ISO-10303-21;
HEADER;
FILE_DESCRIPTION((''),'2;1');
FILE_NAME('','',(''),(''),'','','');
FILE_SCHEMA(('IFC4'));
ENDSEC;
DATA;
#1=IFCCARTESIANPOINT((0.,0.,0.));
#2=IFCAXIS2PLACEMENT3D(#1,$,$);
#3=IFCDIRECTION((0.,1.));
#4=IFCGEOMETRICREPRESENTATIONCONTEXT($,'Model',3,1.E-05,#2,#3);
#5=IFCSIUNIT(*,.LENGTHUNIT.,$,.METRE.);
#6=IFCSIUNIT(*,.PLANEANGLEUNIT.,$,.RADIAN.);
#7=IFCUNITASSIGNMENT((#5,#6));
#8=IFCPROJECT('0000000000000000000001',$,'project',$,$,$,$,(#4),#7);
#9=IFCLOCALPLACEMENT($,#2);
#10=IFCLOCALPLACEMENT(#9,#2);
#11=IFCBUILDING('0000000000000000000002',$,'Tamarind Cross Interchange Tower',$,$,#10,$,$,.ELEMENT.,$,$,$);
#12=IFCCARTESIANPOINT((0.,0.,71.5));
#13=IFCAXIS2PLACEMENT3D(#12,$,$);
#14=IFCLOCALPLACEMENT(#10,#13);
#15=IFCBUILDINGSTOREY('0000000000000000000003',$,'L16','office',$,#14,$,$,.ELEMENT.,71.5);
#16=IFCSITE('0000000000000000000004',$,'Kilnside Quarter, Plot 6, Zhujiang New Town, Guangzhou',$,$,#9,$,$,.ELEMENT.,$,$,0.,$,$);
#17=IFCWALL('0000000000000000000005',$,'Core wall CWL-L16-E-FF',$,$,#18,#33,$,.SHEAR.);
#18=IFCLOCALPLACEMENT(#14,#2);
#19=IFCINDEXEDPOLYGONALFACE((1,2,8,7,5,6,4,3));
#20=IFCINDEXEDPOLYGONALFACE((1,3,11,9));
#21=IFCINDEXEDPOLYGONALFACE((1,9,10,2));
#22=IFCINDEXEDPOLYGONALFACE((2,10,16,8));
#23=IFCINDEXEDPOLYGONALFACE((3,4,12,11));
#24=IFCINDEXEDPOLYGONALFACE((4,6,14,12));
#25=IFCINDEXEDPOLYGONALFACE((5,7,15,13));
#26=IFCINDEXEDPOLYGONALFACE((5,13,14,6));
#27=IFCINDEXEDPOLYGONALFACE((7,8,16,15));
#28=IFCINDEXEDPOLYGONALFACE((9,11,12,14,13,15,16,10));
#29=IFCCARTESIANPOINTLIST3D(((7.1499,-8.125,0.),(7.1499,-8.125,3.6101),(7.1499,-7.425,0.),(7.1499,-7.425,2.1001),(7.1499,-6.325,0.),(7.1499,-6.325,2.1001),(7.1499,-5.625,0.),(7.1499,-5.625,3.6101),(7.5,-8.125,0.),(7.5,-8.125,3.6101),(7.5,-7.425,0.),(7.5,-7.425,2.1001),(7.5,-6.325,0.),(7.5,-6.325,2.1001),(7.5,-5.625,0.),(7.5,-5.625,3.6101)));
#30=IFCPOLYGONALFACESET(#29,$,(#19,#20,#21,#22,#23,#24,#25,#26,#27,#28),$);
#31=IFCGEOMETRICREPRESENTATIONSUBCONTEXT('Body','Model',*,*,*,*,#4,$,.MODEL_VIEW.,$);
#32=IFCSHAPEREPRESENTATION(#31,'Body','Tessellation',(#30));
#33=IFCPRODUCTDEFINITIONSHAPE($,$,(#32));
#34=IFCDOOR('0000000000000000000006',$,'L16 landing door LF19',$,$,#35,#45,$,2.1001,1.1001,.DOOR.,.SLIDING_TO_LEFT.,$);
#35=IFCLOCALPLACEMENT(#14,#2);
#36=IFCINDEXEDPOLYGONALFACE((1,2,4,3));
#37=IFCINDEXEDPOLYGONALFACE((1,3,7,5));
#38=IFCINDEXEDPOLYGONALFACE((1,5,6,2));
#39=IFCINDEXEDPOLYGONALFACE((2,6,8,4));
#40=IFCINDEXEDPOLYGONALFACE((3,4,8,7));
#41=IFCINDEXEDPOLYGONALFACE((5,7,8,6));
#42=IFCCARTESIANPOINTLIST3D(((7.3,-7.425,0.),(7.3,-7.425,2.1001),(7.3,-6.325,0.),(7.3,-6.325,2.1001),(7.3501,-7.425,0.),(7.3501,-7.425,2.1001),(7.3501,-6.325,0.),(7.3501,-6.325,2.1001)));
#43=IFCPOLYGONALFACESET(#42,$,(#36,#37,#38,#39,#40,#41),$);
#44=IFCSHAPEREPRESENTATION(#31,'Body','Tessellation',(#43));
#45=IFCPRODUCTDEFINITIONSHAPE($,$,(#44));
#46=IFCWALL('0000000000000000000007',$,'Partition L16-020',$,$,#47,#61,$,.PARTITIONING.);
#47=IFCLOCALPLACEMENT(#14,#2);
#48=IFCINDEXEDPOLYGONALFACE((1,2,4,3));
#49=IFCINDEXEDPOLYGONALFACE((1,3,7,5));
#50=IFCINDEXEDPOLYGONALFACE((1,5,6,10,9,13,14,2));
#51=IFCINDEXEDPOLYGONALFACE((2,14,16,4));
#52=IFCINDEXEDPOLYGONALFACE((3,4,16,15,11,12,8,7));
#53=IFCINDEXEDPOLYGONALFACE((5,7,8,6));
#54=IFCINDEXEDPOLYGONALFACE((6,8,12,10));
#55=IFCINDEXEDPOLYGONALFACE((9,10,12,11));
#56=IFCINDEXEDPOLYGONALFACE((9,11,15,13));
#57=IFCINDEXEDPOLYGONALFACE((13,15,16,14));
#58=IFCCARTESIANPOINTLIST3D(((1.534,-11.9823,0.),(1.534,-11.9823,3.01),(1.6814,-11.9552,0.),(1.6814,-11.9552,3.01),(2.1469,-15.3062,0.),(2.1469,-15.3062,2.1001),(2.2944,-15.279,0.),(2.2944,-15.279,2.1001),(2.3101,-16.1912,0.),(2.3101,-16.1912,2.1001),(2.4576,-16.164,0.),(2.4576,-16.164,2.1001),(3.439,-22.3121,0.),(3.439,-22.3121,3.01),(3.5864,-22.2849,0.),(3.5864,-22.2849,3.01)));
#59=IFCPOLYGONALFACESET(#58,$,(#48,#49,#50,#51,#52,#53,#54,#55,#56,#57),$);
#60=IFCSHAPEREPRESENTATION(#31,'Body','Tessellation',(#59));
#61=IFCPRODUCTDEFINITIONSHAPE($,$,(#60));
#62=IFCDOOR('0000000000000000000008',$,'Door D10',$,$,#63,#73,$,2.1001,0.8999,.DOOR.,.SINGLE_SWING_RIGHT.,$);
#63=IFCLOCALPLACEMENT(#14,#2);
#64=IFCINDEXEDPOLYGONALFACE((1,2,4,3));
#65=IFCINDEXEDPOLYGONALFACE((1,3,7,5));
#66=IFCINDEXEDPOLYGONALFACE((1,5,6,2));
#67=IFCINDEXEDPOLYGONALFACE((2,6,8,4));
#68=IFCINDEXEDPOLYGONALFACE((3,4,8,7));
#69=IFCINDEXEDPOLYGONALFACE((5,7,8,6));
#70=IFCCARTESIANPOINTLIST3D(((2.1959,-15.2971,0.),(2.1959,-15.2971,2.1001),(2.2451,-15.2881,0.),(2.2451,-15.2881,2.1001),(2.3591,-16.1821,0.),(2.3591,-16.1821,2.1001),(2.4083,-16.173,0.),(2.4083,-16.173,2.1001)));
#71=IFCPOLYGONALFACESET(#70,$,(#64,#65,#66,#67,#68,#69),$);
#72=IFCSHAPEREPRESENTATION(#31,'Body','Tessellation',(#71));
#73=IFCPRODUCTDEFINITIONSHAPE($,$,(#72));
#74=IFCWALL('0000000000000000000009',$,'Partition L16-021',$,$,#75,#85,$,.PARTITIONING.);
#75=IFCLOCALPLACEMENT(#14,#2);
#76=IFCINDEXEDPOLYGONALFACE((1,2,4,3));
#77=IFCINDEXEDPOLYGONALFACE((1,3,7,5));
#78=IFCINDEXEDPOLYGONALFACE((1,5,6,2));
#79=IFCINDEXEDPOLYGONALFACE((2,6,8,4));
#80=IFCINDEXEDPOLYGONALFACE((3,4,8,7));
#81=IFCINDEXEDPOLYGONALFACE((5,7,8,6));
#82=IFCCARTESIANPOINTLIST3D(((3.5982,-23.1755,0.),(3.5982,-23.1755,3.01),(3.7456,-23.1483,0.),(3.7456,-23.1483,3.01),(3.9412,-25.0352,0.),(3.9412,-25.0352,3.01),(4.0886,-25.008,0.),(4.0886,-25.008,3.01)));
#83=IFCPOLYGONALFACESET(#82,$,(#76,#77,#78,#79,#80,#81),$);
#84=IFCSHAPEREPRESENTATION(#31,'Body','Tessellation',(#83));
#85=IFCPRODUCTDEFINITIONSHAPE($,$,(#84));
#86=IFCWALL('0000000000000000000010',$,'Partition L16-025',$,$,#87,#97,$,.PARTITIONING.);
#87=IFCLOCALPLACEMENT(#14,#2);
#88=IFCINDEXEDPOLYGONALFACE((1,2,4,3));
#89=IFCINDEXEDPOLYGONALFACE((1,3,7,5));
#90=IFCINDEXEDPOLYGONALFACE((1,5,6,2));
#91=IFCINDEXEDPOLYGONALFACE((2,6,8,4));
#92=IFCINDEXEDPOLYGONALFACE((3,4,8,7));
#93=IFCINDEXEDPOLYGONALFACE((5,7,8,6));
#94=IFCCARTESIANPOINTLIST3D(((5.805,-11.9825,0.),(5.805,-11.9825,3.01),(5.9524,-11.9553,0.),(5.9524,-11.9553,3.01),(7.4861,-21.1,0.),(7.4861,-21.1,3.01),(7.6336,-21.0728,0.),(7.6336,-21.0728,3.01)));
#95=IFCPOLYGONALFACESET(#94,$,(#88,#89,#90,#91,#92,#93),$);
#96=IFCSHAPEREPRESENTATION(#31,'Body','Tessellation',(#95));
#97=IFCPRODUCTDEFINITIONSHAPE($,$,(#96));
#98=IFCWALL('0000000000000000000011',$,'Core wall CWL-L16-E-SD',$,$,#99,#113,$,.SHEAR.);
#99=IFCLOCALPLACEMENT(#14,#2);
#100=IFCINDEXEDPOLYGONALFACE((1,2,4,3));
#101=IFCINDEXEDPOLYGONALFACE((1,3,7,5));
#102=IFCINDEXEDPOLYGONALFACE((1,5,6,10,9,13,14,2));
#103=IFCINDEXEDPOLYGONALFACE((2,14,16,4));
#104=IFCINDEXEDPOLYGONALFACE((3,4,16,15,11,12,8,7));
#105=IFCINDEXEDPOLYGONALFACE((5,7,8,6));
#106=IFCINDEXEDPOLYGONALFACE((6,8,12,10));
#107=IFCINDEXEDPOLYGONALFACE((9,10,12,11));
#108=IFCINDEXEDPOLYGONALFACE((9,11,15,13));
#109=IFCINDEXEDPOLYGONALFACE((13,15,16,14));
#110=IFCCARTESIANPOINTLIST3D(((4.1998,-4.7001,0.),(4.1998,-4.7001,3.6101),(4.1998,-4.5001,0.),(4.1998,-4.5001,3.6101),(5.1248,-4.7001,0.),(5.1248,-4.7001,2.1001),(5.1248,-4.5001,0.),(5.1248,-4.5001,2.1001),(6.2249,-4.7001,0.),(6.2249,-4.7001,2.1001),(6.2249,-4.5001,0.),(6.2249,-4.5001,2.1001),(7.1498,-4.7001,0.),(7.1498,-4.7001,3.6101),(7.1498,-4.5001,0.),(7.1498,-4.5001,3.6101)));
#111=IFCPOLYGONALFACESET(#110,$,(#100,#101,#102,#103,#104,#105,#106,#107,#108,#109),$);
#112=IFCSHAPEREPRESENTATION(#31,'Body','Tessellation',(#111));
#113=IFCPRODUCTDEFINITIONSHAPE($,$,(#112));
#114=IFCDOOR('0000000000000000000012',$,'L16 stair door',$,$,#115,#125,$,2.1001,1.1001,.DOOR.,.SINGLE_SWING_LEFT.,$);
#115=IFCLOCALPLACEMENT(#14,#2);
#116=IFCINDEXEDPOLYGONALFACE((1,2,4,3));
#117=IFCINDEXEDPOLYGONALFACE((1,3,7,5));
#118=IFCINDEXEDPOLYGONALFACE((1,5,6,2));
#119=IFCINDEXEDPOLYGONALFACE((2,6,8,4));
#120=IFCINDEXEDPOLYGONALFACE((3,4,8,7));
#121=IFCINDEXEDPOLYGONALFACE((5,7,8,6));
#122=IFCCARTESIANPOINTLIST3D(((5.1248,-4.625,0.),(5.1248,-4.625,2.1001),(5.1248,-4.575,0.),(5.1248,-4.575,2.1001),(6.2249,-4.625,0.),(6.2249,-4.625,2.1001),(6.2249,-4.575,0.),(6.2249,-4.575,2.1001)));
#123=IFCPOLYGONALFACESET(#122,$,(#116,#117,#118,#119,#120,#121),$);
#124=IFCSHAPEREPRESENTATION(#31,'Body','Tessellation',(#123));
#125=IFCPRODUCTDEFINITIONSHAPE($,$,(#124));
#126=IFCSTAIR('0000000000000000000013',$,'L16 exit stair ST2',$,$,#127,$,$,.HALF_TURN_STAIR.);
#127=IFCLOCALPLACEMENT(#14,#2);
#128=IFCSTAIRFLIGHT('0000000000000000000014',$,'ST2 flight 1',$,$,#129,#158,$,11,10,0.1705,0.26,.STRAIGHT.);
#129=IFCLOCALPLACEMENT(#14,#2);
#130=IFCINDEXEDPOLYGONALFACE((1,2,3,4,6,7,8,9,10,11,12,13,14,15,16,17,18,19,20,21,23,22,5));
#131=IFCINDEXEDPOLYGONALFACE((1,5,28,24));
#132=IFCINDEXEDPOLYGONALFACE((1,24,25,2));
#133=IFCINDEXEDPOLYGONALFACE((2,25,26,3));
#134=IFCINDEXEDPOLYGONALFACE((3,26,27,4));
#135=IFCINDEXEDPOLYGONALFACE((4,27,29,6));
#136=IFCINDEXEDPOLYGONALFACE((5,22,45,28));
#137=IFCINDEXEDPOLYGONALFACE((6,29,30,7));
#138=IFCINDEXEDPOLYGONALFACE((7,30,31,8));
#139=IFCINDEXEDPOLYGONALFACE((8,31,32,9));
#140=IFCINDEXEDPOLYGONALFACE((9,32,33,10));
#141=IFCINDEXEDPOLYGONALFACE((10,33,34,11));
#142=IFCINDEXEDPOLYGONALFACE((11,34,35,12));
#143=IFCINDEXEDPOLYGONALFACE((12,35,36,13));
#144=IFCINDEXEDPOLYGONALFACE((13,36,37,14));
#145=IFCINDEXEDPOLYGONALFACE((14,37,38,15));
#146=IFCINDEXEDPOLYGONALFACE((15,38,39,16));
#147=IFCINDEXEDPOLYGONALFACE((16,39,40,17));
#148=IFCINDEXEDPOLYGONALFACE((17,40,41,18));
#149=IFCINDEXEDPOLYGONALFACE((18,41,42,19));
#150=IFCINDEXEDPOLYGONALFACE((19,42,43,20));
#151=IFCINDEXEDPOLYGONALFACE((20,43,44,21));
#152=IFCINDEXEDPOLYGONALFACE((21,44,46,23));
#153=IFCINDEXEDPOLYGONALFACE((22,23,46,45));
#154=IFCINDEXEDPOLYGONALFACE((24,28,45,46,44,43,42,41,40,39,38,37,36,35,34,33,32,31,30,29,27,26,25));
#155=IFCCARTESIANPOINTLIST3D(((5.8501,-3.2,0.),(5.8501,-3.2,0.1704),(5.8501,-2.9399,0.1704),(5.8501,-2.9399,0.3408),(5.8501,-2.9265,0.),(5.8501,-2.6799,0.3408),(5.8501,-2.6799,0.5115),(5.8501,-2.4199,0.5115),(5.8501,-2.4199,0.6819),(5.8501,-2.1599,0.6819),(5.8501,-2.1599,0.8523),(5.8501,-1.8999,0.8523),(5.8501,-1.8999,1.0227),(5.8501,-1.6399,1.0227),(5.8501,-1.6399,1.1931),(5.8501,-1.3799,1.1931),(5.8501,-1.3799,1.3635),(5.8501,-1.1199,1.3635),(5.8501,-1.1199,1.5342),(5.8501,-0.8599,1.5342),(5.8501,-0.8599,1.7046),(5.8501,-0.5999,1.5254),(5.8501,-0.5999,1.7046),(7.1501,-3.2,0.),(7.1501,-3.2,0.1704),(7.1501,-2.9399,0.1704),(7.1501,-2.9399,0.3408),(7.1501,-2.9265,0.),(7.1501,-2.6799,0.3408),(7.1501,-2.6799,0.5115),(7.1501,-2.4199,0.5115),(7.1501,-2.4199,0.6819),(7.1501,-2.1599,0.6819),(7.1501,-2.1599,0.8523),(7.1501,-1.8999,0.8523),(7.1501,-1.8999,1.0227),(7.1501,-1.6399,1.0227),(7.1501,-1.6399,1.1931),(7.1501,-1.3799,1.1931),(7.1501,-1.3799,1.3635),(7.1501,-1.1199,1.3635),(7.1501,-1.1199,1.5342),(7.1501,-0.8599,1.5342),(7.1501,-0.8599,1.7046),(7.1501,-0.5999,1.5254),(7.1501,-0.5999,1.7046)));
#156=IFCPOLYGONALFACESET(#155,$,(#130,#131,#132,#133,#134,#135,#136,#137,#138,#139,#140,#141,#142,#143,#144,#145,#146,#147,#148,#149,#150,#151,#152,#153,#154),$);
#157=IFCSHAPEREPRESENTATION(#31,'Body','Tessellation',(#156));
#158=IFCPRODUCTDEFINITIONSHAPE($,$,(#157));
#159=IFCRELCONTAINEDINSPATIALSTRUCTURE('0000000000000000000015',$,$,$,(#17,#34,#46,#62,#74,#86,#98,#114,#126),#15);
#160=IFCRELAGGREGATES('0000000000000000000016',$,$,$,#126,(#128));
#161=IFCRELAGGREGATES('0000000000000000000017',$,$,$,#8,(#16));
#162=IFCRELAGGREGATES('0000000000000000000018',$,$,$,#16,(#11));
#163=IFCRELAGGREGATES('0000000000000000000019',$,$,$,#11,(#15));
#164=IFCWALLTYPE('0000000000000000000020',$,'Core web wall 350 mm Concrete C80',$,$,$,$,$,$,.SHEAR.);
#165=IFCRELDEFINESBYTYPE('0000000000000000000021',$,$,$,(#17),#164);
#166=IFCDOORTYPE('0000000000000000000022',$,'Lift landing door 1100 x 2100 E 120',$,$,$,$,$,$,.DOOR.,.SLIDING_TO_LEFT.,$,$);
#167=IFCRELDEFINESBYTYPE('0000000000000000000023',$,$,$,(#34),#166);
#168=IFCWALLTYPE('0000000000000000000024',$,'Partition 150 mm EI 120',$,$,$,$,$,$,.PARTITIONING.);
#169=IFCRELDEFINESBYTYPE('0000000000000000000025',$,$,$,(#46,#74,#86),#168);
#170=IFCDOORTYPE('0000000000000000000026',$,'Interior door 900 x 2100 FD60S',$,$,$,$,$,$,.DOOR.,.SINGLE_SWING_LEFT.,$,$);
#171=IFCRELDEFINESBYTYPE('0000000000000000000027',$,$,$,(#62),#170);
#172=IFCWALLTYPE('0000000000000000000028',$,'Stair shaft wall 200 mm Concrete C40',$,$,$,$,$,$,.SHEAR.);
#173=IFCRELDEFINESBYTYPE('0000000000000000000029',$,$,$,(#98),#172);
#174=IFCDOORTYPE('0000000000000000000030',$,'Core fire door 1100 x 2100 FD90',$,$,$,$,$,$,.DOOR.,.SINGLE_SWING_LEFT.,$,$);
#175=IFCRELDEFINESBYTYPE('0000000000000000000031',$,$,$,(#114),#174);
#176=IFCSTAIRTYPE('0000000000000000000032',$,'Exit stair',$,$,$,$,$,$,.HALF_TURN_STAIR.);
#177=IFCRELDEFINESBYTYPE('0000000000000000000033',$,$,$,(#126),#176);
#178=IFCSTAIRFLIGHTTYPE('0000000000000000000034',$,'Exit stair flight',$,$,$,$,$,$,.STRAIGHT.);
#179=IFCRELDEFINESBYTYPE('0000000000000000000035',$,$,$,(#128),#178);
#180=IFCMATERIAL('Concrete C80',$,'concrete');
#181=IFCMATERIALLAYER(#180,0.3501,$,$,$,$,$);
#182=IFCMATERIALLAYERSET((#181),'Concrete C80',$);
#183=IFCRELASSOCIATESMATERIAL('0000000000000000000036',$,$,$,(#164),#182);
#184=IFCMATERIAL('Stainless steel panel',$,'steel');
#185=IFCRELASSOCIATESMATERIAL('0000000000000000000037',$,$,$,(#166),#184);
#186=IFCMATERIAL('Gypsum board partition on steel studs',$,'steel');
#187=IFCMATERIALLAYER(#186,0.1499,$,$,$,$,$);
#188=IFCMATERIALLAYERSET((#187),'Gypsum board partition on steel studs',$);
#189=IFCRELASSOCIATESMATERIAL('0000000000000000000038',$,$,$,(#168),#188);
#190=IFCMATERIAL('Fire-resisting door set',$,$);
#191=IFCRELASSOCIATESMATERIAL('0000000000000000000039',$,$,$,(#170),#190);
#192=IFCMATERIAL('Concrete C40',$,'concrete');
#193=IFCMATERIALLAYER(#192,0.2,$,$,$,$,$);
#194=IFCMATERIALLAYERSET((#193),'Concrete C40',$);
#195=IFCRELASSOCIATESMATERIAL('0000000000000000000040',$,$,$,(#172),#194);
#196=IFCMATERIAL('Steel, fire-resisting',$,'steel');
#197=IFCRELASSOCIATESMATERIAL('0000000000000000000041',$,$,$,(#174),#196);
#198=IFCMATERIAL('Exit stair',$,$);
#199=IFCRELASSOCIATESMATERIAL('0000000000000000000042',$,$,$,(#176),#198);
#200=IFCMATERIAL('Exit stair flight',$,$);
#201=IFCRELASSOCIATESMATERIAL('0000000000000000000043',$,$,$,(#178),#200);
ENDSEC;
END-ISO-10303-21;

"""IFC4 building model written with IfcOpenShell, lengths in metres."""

from ifc_helpers import new_model, si_unit, direction, frame, frame_2d, origin, place, context, subcontext, project, spatial, polyline, rectangle, outline, extrude, material, layer, layer_set, type_object, element, fill, aggregate, save


model = new_model("IFC4")

# Units and contexts
model_context = context("Model", 3, precision=1e-05, world=origin(), true_north=direction((0.0, 1.0)))
body_context = subcontext(model_context, "Body", "Model", "MODEL_VIEW")
ifc_project = project(units=[si_unit("LENGTHUNIT", "METRE"), si_unit("PLANEANGLEUNIT", "RADIAN")], contexts=[model_context])

# Site, building, storey
site_placement = place(None, origin())
site = spatial("IfcSite", under=ifc_project, at=site_placement, Name="Kilnside Quarter, Plot 6, Zhujiang New Town, Guangzhou", CompositionType="ELEMENT", RefElevation=0.0)
building_placement = place(site_placement, origin())
building = spatial("IfcBuilding", under=site, at=building_placement, Name="Tamarind Cross Interchange Tower", CompositionType="ELEMENT")
storey_placement = place(building_placement, frame((0.0, 0.0, 71.5)))
storey = spatial("IfcBuildingStorey", under=building, at=storey_placement, Name="L16", Description="office", CompositionType="ELEMENT", Elevation=71.5)

# Shared definitions
ifc_material_1 = material(Name="Concrete C80", Category="concrete")
ifc_material_2 = material(Name="Steel, fire-resisting", Category="steel")

# Shared definitions
ifc_layer_1 = layer(ifc_material_1, 0.3501)
ifc_layer_set_1 = layer_set([ifc_layer_1], Name="Concrete C80")
wall_type_1 = type_object("IfcWallType", Name="Core web wall 350 mm Concrete C80", PredefinedType="SHEAR", material=ifc_layer_set_1)

# Walls, openings, doors
wall_1_placement = place(storey_placement, frame((7.325, -8.125, 0.0), z_axis=(0.0, 0.0, 1.0), x_axis=(0.0, 1.0, 0.0)))
wall_1 = element("IfcWall", 1, at=wall_1_placement, inside=storey, type_object=wall_type_1, Name="Core wall CWL-L16-E-FF", PredefinedType="SHEAR", context=body_context, shape_type="SweptSolid", body=[
    extrude(rectangle(XDim=2.5, YDim=0.3501, at=frame_2d((1.25, 0.0))), origin(), (0.0, 0.0, 1.0), 3.6101),
])
opening_1_placement = place(wall_1_placement, frame((0.7, 0.0, 0.0)))
opening_1 = element("IfcOpeningElement", 2, at=opening_1_placement, cuts=wall_1, PredefinedType="OPENING", context=body_context, shape_type="SweptSolid", body=[
    extrude(rectangle(XDim=1.1001, YDim=2.1001, at=frame_2d((0.55, 1.05))), frame((0.0, 0.1851, 0.0), z_axis=(0.0, -1.0, 0.0), x_axis=(1.0, 0.0, 0.0)), (0.0, 0.0, 1.0), 0.3701),
])
ifc_material_3 = material(Name="Stainless steel panel", Category="steel")
door_type_1 = type_object("IfcDoorType", Name="Lift landing door 1100 x 2100 E 120", OperationType="SLIDING_TO_LEFT", PredefinedType="DOOR", material=ifc_material_3)
door_1_placement = place(opening_1_placement, origin())
door_1 = element("IfcDoor", 3, at=door_1_placement, inside=storey, type_object=door_type_1, Name="L16 landing door LF19", OperationType="SLIDING_TO_LEFT", OverallHeight=2.1001, OverallWidth=1.1001, PredefinedType="DOOR", context=body_context, shape_type="SweptSolid", body=[
    extrude(rectangle(XDim=1.1001, YDim=2.1001, at=frame_2d((0.55, 1.05))), frame((0.0, 0.0249, 0.0), z_axis=(0.0, -1.0, 0.0), x_axis=(1.0, 0.0, 0.0)), (0.0, 0.0, 1.0), 0.05),
])
fill(opening_1, door_1)
ifc_material_4 = material(Name="Gypsum board partition on steel studs", Category="steel")
ifc_layer_2 = layer(ifc_material_4, 0.1499)
ifc_layer_set_2 = layer_set([ifc_layer_2], Name="Gypsum board partition on steel studs")
wall_type_2 = type_object("IfcWallType", Name="Partition 150 mm EI 120", PredefinedType="PARTITIONING", material=ifc_layer_set_2)
wall_2_placement = place(storey_placement, frame((1.6077, -11.9688, 0.0), z_axis=(0.0, 0.0, 1.0), x_axis=(0.181362, -0.983416, 0.0)))
wall_2 = element("IfcWall", 4, at=wall_2_placement, inside=storey, type_object=wall_type_2, Name="Partition L16-020", PredefinedType="PARTITIONING", context=body_context, shape_type="SweptSolid", body=[
    extrude(rectangle(XDim=10.5039, YDim=0.1499, at=frame_2d((5.252, 0.0))), origin(), (0.0, 0.0, 1.0), 3.01),
])
opening_2_placement = place(wall_2_placement, frame((3.3799, 0.0, 0.0)))
opening_2 = element("IfcOpeningElement", 5, at=opening_2_placement, cuts=wall_2, PredefinedType="OPENING", context=body_context, shape_type="SweptSolid", body=[
    extrude(rectangle(XDim=0.8999, YDim=2.1001, at=frame_2d((0.45, 1.05))), frame((0.0, 0.085, 0.0), z_axis=(0.0, -1.0, 0.0), x_axis=(1.0, 0.0, 0.0)), (0.0, 0.0, 1.0), 0.1699),
])
ifc_material_5 = material(Name="Fire-resisting door set")
door_type_2 = type_object("IfcDoorType", Name="Interior door 900 x 2100 FD60S", OperationType="SINGLE_SWING_LEFT", PredefinedType="DOOR", material=ifc_material_5)
door_2_placement = place(opening_2_placement, origin())
door_2 = element("IfcDoor", 6, at=door_2_placement, inside=storey, type_object=door_type_2, Name="Door D10", OperationType="SINGLE_SWING_RIGHT", OverallHeight=2.1001, OverallWidth=0.8999, PredefinedType="DOOR", context=body_context, shape_type="SweptSolid", body=[
    extrude(rectangle(XDim=0.8999, YDim=2.1001, at=frame_2d((0.45, 1.05))), frame((0.0, 0.0249, 0.0), z_axis=(0.0, -1.0, 0.0), x_axis=(1.0, 0.0, 0.0)), (0.0, 0.0, 1.0), 0.05),
])
fill(opening_2, door_2)

# Walls
wall_3_placement = place(storey_placement, frame((3.6719, -23.1619, 0.0), z_axis=(0.0, 0.0, 1.0), x_axis=(0.181373, -0.983414, 0.0)))
element("IfcWall", 7, at=wall_3_placement, inside=storey, type_object=wall_type_2, Name="Partition L16-021", PredefinedType="PARTITIONING", context=body_context, shape_type="SweptSolid", body=[
    extrude(rectangle(XDim=1.8911, YDim=0.1499, at=frame_2d((0.9456, 0.0))), origin(), (0.0, 0.0, 1.0), 3.01),
])
wall_4_placement = place(storey_placement, frame((5.8787, -11.9688, 0.0), z_axis=(0.0, 0.0, 1.0), x_axis=(0.181332, -0.983422, 0.0)))
element("IfcWall", 8, at=wall_4_placement, inside=storey, type_object=wall_type_2, Name="Partition L16-025", PredefinedType="PARTITIONING", context=body_context, shape_type="SweptSolid", body=[
    extrude(rectangle(XDim=9.2712, YDim=0.1499, at=frame_2d((4.6357, 0.0))), origin(), (0.0, 0.0, 1.0), 3.01),
])

# Wall, opening, door
ifc_material_6 = material(Name="Concrete C40", Category="concrete")
ifc_layer_3 = layer(ifc_material_6, 0.2)
ifc_layer_set_3 = layer_set([ifc_layer_3], Name="Concrete C40")
wall_type_3 = type_object("IfcWallType", Name="Stair shaft wall 200 mm Concrete C40", PredefinedType="SHEAR", material=ifc_layer_set_3)
wall_5_placement = place(storey_placement, frame((7.1499, -4.6001, 0.0), z_axis=(0.0, 0.0, 1.0), x_axis=(-1.0, 0.0, 0.0)))
wall_5 = element("IfcWall", 9, at=wall_5_placement, inside=storey, type_object=wall_type_3, Name="Core wall CWL-L16-E-SD", PredefinedType="SHEAR", context=body_context, shape_type="SweptSolid", body=[
    extrude(rectangle(XDim=2.95, YDim=0.2, at=frame_2d((1.4751, 0.0))), origin(), (0.0, 0.0, 1.0), 3.6101),
])
opening_3_placement = place(wall_5_placement, frame((0.925, 0.0, 0.0)))
opening_3 = element("IfcOpeningElement", 10, at=opening_3_placement, cuts=wall_5, PredefinedType="OPENING", context=body_context, shape_type="SweptSolid", body=[
    extrude(rectangle(XDim=1.1001, YDim=2.1001, at=frame_2d((0.55, 1.05))), frame((0.0, 0.1099, 0.0), z_axis=(0.0, -1.0, 0.0), x_axis=(1.0, 0.0, 0.0)), (0.0, 0.0, 1.0), 0.22),
])
door_type_3 = type_object("IfcDoorType", Name="Core fire door 1100 x 2100 FD90", OperationType="SINGLE_SWING_LEFT", PredefinedType="DOOR", material=ifc_material_2)
door_3_placement = place(opening_3_placement, origin())
door_3 = element("IfcDoor", 11, at=door_3_placement, inside=storey, type_object=door_type_3, Name="L16 stair door", OperationType="SINGLE_SWING_LEFT", OverallHeight=2.1001, OverallWidth=1.1001, PredefinedType="DOOR", context=body_context, shape_type="SweptSolid", body=[
    extrude(rectangle(XDim=1.1001, YDim=2.1001, at=frame_2d((0.55, 1.05))), frame((0.0, 0.0249, 0.0), z_axis=(0.0, -1.0, 0.0), x_axis=(1.0, 0.0, 0.0)), (0.0, 0.0, 1.0), 0.05),
])
fill(opening_3, door_3)

# Stair, stair flight
ifc_material_7 = material(Name="Exit stair")
stair_type = type_object("IfcStairType", Name="Exit stair", PredefinedType="HALF_TURN_STAIR", material=ifc_material_7)
stair_placement = place(storey_placement, origin())
stair = element("IfcStair", 12, at=stair_placement, inside=storey, type_object=stair_type, Name="L16 exit stair ST2", PredefinedType="HALF_TURN_STAIR")
ifc_material_8 = material(Name="Exit stair flight")
stair_flight_type = type_object("IfcStairFlightType", Name="Exit stair flight", PredefinedType="STRAIGHT", material=ifc_material_8)
stair_flight_1_placement = place(storey_placement, frame((6.5, -3.2, 0.0), z_axis=(0.0, 0.0, 1.0), x_axis=(0.0, 1.0, 0.0)))
stair_flight_1 = element("IfcStairFlight", 13, at=stair_flight_1_placement, type_object=stair_flight_type, Name="ST2 flight 1", NumberOfRisers=11, NumberOfTreads=10, PredefinedType="STRAIGHT", RiserHeight=0.1705, TreadLength=0.26, context=body_context, shape_type="SweptSolid", body=[
    extrude(outline(polyline([(0.0, 0.0), (0.0, 0.1704), (0.26, 0.1704), (0.26, 0.3408), (0.52, 0.3408), (0.52, 0.5115), (0.78, 0.5115), (0.78, 0.6819), (1.04, 0.6819), (1.04, 0.8523), (1.3, 0.8523), (1.3, 1.0227), (1.5601, 1.0227), (1.5601, 1.1931), (1.8201, 1.1931), (1.8201, 1.3635), (2.0801, 1.3635), (2.0801, 1.5342), (2.3401, 1.5342), (2.3401, 1.7046), (2.6001, 1.7046), (2.6001, 1.875), (2.6001, 1.5254), (0.2734, 0.0), (0.0, 0.0)])), frame((0.0, 0.6499, 0.0), z_axis=(0.0, -1.0, 0.0), x_axis=(1.0, 0.0, 0.0)), (0.0, 0.0, 1.0), 1.3),
])
aggregate(stair, [stair_flight_1])

save(model, "model.ifc")
